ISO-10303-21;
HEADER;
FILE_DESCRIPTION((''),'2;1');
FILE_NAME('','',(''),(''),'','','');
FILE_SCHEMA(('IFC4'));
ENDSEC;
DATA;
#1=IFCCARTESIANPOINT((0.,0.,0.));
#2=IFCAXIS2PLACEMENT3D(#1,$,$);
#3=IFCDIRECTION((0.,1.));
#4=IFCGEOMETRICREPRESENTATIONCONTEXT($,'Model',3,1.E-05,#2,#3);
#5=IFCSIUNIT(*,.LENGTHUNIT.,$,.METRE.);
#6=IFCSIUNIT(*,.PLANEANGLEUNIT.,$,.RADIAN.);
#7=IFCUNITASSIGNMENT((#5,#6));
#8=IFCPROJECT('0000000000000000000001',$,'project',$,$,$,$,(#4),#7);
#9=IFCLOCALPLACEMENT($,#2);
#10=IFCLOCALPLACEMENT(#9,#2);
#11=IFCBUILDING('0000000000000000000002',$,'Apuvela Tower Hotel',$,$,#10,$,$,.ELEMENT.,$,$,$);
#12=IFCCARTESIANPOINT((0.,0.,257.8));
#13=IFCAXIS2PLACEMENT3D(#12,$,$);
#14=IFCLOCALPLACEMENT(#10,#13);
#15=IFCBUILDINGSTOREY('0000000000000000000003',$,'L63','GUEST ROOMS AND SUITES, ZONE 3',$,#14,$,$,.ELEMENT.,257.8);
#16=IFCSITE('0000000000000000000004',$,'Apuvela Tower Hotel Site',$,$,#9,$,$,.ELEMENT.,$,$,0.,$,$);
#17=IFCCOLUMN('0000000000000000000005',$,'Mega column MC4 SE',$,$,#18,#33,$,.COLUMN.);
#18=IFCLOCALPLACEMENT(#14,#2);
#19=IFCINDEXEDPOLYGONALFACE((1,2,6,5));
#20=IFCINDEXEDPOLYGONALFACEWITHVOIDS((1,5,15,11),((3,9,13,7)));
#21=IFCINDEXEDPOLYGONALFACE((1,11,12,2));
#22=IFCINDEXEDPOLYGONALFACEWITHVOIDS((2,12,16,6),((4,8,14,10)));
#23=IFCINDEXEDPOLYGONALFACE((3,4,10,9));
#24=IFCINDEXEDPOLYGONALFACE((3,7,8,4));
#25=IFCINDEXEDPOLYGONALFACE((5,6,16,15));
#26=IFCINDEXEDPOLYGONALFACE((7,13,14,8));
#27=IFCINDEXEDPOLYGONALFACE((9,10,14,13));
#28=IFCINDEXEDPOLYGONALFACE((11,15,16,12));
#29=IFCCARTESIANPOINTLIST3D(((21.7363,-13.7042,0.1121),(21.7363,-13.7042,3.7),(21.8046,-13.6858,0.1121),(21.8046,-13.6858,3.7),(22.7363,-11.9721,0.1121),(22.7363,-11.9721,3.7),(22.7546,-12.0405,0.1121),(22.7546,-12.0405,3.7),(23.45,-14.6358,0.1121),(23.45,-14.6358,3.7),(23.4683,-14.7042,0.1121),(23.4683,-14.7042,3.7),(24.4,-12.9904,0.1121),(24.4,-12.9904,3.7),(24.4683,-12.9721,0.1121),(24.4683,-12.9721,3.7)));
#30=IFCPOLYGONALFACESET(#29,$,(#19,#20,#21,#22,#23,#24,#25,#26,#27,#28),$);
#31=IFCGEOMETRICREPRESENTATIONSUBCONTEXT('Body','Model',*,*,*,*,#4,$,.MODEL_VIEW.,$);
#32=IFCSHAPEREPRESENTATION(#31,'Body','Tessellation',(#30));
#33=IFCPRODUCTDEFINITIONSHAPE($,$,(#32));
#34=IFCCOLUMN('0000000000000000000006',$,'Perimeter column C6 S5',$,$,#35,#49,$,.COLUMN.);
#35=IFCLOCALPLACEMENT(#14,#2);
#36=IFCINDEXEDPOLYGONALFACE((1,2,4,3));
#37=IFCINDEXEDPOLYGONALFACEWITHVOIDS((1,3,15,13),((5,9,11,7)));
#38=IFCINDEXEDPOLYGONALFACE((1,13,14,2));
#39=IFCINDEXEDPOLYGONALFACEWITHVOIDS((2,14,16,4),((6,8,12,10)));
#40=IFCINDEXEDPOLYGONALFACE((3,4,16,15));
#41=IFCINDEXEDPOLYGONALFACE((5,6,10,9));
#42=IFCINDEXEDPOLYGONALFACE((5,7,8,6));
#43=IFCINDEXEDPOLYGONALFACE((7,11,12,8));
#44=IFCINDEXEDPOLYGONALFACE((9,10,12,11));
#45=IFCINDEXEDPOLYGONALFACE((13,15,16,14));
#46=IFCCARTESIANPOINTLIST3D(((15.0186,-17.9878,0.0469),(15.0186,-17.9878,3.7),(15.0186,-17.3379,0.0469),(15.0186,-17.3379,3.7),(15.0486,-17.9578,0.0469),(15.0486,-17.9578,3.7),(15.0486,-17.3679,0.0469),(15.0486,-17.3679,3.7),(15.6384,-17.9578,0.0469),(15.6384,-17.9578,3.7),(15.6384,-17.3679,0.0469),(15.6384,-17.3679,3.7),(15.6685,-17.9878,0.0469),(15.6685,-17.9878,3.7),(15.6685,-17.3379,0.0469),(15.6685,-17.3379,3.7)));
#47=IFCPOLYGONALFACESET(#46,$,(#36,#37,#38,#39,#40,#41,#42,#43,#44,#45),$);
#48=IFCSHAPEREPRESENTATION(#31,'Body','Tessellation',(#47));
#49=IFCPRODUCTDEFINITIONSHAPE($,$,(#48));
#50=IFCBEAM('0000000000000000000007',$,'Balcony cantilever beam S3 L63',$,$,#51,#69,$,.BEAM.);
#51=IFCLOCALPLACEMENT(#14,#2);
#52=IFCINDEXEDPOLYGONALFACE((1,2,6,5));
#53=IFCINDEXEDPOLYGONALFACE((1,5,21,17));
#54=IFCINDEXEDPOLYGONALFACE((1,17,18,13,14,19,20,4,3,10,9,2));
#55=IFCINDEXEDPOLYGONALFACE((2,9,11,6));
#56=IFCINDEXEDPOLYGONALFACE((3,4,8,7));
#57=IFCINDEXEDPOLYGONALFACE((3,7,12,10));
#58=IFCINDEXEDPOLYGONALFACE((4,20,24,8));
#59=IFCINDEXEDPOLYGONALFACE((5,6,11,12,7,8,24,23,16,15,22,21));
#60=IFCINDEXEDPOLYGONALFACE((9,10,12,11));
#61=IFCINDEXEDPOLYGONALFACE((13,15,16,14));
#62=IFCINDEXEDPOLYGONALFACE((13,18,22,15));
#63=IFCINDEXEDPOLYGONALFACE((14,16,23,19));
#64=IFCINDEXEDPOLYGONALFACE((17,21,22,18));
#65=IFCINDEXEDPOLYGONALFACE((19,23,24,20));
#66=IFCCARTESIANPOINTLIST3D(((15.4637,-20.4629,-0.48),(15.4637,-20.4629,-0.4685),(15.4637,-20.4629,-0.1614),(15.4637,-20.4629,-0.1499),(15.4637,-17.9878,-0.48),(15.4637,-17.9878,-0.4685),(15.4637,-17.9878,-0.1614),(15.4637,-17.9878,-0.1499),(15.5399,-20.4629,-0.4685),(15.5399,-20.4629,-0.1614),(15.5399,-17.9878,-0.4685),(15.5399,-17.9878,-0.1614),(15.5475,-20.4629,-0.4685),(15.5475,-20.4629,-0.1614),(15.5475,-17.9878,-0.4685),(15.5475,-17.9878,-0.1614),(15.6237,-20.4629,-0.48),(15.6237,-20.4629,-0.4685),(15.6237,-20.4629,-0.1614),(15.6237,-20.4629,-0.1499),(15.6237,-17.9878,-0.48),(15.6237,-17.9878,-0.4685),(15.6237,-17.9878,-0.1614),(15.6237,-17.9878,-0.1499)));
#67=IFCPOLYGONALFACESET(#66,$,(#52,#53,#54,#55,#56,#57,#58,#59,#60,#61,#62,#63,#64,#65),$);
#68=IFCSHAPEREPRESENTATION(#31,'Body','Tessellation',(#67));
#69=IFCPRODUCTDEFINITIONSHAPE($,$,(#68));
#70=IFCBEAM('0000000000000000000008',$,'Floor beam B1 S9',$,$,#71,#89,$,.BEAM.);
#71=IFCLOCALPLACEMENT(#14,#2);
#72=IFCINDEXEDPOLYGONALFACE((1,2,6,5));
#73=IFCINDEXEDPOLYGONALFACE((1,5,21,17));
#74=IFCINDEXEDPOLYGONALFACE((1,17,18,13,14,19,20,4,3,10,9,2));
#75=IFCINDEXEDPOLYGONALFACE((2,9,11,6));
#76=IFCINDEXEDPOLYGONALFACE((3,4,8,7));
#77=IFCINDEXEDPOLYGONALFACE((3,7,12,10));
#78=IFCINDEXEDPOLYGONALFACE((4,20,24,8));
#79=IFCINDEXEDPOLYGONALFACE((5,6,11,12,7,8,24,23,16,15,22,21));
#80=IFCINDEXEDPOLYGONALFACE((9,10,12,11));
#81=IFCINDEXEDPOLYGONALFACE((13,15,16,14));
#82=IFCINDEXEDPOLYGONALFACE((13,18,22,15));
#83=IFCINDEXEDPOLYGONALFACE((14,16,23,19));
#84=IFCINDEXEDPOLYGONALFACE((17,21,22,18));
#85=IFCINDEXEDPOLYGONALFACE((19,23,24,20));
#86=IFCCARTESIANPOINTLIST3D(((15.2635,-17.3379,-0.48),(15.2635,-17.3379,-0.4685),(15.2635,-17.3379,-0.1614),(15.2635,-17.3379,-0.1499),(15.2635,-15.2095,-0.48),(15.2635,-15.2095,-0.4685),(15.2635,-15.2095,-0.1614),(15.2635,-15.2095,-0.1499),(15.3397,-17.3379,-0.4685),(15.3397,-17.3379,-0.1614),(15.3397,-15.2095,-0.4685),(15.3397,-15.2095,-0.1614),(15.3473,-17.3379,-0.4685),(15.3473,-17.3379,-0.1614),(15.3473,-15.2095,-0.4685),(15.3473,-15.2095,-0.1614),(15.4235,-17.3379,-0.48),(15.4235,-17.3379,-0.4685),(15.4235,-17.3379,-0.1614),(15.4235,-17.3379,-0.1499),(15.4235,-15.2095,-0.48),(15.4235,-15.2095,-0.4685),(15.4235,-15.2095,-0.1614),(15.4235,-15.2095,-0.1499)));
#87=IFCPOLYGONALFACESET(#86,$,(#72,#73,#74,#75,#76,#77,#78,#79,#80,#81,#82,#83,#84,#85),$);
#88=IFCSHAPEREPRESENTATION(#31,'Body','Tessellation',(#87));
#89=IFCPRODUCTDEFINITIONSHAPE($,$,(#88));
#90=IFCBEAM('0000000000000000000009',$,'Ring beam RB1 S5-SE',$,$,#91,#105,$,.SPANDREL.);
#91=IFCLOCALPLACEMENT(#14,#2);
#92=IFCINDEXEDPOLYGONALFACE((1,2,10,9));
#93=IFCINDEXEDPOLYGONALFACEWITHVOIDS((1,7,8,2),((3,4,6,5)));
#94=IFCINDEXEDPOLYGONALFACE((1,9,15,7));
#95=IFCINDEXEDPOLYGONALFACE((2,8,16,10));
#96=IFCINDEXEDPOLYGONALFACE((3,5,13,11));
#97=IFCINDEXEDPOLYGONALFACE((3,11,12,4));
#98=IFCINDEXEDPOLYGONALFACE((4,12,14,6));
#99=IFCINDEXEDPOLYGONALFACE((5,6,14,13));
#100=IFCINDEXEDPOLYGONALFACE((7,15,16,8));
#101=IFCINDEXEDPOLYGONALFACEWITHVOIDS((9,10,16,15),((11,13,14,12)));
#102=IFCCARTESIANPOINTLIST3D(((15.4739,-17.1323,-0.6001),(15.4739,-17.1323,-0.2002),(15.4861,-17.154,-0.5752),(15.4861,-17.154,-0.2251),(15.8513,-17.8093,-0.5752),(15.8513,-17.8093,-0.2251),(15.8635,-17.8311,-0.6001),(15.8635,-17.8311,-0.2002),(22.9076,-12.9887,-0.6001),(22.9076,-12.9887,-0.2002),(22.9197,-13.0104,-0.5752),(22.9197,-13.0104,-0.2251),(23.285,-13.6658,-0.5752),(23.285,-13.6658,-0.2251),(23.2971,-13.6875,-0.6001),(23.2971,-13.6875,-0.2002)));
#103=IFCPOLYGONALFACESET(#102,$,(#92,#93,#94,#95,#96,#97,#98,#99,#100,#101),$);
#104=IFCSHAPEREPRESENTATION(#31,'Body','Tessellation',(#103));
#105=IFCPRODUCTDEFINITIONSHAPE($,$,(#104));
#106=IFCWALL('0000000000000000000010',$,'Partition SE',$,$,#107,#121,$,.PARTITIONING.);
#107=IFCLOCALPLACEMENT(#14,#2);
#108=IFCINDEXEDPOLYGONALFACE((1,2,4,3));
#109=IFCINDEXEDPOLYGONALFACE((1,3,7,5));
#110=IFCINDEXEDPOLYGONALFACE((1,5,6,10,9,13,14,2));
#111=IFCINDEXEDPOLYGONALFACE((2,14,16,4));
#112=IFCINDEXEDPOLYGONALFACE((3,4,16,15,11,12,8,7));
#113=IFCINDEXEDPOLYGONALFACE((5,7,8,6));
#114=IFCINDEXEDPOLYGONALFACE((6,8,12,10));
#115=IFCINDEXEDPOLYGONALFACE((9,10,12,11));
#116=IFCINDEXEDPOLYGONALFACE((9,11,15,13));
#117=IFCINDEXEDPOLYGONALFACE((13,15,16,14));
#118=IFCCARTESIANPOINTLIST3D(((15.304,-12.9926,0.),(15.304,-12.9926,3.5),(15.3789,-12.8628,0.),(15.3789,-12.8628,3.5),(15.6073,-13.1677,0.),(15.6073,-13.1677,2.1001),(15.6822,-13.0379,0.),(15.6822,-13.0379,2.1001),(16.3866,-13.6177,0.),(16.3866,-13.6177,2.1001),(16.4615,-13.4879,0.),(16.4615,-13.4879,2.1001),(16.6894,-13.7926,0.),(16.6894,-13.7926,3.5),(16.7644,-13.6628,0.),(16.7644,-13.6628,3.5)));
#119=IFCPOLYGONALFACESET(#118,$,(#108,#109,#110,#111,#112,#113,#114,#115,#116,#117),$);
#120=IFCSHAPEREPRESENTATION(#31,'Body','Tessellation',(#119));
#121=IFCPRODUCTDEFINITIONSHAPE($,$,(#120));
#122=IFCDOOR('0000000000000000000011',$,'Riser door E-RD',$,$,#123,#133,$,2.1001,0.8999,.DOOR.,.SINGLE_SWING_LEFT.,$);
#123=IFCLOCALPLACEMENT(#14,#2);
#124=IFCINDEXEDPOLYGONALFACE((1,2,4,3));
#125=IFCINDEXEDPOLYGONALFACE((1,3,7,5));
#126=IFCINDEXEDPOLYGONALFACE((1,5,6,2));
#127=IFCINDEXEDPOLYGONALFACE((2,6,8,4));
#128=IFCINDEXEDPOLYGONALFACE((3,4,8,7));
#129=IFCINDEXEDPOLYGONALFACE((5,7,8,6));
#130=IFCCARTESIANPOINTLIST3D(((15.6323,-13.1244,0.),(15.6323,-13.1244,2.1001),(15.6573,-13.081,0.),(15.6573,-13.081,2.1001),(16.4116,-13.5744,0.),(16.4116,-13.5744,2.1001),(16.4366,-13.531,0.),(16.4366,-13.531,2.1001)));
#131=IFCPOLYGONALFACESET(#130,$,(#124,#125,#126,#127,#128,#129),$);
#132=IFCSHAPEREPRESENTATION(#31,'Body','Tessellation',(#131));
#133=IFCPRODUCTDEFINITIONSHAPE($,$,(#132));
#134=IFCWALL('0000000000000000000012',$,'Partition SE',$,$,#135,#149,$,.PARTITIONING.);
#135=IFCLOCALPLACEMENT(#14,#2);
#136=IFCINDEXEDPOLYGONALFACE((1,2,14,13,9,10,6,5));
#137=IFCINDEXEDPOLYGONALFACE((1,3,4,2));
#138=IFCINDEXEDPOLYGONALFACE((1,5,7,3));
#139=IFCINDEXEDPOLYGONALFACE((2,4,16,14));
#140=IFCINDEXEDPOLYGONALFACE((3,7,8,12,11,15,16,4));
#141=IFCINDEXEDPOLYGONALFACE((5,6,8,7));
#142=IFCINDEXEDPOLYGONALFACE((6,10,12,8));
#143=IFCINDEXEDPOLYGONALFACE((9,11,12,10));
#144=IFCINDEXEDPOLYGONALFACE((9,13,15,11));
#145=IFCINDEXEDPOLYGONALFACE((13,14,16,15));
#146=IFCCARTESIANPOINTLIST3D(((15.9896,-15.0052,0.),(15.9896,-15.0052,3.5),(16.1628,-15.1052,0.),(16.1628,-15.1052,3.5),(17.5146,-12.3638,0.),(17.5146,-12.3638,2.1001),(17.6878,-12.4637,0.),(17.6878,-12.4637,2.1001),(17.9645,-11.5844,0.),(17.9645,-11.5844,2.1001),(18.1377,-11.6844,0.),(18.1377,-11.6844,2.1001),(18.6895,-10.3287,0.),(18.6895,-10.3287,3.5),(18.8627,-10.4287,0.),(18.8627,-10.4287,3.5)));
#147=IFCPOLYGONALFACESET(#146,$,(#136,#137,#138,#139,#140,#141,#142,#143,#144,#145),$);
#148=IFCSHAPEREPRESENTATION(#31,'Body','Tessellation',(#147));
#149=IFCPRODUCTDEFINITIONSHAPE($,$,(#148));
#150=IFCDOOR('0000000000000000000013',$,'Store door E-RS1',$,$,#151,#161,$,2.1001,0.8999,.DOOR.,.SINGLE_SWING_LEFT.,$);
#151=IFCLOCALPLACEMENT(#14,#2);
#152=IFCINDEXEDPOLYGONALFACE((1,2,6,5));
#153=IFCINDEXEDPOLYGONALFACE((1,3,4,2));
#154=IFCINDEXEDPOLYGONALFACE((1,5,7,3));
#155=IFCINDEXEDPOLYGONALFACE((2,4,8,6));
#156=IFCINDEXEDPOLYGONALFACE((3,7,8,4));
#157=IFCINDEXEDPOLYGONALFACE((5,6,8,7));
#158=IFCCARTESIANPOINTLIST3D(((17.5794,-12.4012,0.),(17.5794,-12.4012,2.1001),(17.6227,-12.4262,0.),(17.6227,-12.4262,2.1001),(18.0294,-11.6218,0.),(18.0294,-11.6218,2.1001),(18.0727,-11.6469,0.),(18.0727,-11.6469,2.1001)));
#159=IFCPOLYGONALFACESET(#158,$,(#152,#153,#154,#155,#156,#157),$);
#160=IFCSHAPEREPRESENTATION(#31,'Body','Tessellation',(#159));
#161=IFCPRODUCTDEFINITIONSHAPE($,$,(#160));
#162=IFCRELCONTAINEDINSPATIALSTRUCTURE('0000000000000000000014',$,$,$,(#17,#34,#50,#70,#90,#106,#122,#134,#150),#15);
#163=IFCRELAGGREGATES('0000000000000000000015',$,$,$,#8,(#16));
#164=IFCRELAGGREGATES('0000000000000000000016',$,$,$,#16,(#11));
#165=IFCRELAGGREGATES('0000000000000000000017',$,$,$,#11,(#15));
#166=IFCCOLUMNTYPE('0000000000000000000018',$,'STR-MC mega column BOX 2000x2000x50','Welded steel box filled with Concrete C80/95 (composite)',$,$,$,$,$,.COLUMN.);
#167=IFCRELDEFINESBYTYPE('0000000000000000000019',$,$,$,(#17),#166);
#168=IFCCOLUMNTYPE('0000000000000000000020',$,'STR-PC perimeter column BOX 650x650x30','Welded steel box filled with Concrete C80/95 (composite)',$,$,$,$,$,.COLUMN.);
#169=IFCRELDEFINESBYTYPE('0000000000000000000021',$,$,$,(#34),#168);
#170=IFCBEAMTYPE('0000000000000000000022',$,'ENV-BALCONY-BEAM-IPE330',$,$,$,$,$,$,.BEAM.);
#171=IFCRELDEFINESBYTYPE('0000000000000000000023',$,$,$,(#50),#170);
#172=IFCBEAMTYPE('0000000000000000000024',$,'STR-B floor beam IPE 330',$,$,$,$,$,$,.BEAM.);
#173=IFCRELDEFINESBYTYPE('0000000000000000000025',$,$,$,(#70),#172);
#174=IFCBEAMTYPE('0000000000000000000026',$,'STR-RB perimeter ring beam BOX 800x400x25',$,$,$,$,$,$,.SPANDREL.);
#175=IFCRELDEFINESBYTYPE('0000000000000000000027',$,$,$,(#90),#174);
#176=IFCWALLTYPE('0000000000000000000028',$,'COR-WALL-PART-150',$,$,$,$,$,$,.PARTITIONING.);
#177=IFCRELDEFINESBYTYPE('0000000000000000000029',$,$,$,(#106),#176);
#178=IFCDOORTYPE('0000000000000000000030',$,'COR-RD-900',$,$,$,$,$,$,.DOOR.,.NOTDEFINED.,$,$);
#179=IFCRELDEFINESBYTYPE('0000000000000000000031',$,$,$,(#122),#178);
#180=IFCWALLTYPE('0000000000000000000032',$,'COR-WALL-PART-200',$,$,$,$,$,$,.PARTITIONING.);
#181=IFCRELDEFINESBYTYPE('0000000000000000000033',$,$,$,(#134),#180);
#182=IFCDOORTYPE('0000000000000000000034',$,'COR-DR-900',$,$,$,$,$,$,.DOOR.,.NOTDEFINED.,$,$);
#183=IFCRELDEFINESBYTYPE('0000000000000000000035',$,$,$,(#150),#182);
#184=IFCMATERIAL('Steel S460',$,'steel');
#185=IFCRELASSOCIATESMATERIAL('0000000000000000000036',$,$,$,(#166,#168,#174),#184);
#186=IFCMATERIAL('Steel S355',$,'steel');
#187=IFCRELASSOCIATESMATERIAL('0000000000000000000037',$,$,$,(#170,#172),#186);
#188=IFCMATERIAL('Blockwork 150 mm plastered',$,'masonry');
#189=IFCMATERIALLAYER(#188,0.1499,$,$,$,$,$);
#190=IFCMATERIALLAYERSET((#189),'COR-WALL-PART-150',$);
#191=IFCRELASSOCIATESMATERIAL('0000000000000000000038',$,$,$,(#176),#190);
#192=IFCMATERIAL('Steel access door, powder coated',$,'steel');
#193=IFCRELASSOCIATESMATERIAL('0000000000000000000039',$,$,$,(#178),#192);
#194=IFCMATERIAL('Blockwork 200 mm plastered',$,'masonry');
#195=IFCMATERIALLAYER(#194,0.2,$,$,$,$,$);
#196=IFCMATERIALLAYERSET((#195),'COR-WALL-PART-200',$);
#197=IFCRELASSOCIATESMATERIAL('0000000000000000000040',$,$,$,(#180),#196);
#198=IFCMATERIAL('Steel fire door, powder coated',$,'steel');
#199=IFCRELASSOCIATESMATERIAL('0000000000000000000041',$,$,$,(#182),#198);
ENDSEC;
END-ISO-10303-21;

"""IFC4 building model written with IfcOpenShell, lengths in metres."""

from ifc_helpers import new_model, si_unit, direction, frame, frame_2d, origin, origin_2d, place, context, subcontext, project, spatial, rectangle, hollow_rectangle, i_section, extrude, boolean, halfspace, material, layer, layer_set, material_profile, profile_set, type_object, element, fill, save


model = new_model("IFC4")

# Units and contexts
model_context = context("Model", 3, precision=1e-05, world=origin(), true_north=direction((0.0, 1.0)))
body_context = subcontext(model_context, "Body", "Model", "MODEL_VIEW")
ifc_project = project(units=[si_unit("LENGTHUNIT", "METRE"), si_unit("PLANEANGLEUNIT", "RADIAN")], contexts=[model_context])

# Site, building, storey
site_placement = place(None, origin())
site = spatial("IfcSite", under=ifc_project, at=site_placement, Name="Apuvela Tower Hotel Site", CompositionType="ELEMENT", RefElevation=0.0)
building_placement = place(site_placement, origin())
building = spatial("IfcBuilding", under=site, at=building_placement, Name="Apuvela Tower Hotel", CompositionType="ELEMENT")
storey_placement = place(building_placement, frame((0.0, 0.0, 257.8)))
storey = spatial("IfcBuildingStorey", under=building, at=storey_placement, Name="L63", Description="GUEST ROOMS AND SUITES, ZONE 3", CompositionType="ELEMENT", Elevation=257.8)

# Columns
ifc_material_1 = material(Name="Steel S460", Category="steel")
ifc_material_profile_1 = material_profile(ifc_material_1, hollow_rectangle(XDim=2.0, YDim=2.0, WallThickness=0.05, at=origin_2d()), Name="BOX 2000x2000x50")
ifc_material_2 = material(Name="Concrete C80/95", Category="concrete")
ifc_material_profile_2 = material_profile(ifc_material_2, rectangle(XDim=1.8999, YDim=1.8999, at=origin_2d()), Name="Concrete C80/95 infill")
ifc_profile_set_1 = profile_set([ifc_material_profile_1, ifc_material_profile_2], Name="Steel S460")
column_type_1 = type_object("IfcColumnType", Name="STR-MC mega column BOX 2000x2000x50", Description="Welded steel box filled with Concrete C80/95 (composite)", PredefinedType="COLUMN", material=ifc_profile_set_1)
column_1_placement = place(storey_placement, frame((23.1023, -13.3381, 0.0), z_axis=(0.0, 0.0, 1.0), x_axis=(0.5, 0.866025, 0.0)))
element("IfcColumn", 1, at=column_1_placement, inside=storey, type_object=column_type_1, Name="Mega column MC4 SE", PredefinedType="COLUMN", context=body_context, shape_type="SweptSolid", body=[
    boolean("DIFFERENCE", extrude(hollow_rectangle(XDim=2.0, YDim=2.0, WallThickness=0.05, at=origin_2d()), origin(), (0.0, 0.0, 1.0), 3.7), halfspace(frame((0.0, 0.0, 0.1121), z_axis=(0.0, 0.0, 1.0), x_axis=(1.0, 0.0, 0.0)), True)),
])
ifc_material_profile_3 = material_profile(ifc_material_1, hollow_rectangle(XDim=0.6499, YDim=0.6499, WallThickness=0.03, at=origin_2d()), Name="BOX 650x650x30")
ifc_material_profile_4 = material_profile(ifc_material_2, rectangle(XDim=0.5901, YDim=0.5901, at=origin_2d()), Name="Concrete C80/95 infill")
ifc_profile_set_2 = profile_set([ifc_material_profile_3, ifc_material_profile_4], Name="Steel S460")
column_type_2 = type_object("IfcColumnType", Name="STR-PC perimeter column BOX 650x650x30", Description="Welded steel box filled with Concrete C80/95 (composite)", PredefinedType="COLUMN", material=ifc_profile_set_2)
column_2_placement = place(storey_placement, frame((15.3435, -17.6628, 0.0), z_axis=(0.0, 0.0, 1.0), x_axis=(-1.0, 0.0, 0.0)))
element("IfcColumn", 2, at=column_2_placement, inside=storey, type_object=column_type_2, Name="Perimeter column C6 S5", PredefinedType="COLUMN", context=body_context, shape_type="SweptSolid", body=[
    boolean("DIFFERENCE", extrude(hollow_rectangle(XDim=0.6499, YDim=0.6499, WallThickness=0.03, at=origin_2d()), origin(), (0.0, 0.0, 1.0), 3.7), halfspace(frame((0.0, 0.0, 0.0469), z_axis=(0.0, 0.0, 1.0), x_axis=(1.0, 0.0, 0.0)), True)),
])

# Beams
ifc_material_3 = material(Name="Steel S355", Category="steel")
ifc_material_profile_5 = material_profile(ifc_material_3, i_section(OverallWidth=0.1599, OverallDepth=0.3301, WebThickness=0.0076, FlangeThickness=0.0115, at=origin_2d()), Name="IPE 330")
ifc_profile_set_3 = profile_set([ifc_material_profile_5], Name="Steel S355")
beam_type_1 = type_object("IfcBeamType", Name="ENV-BALCONY-BEAM-IPE330", PredefinedType="BEAM", material=ifc_profile_set_3)
beam_1_placement = place(storey_placement, frame((15.5437, -17.9878, -0.3149), z_axis=(0.0, -1.0, 0.0), x_axis=(1.0, 0.0, 0.0)))
element("IfcBeam", 3, at=beam_1_placement, inside=storey, type_object=beam_type_1, Name="Balcony cantilever beam S3 L63", PredefinedType="BEAM", context=body_context, shape_type="SweptSolid", body=[
    extrude(i_section(OverallWidth=0.1599, OverallDepth=0.3301, WebThickness=0.0076, FlangeThickness=0.0115, at=origin_2d()), origin(), (0.0, 0.0, 1.0), 2.4751),
])
ifc_material_profile_6 = material_profile(ifc_material_3, i_section(OverallWidth=0.1599, OverallDepth=0.3301, WebThickness=0.0076, FlangeThickness=0.0115, at=origin_2d()), Name="IPE 330")
ifc_profile_set_4 = profile_set([ifc_material_profile_6], Name="Steel S355")
beam_type_2 = type_object("IfcBeamType", Name="STR-B floor beam IPE 330", PredefinedType="BEAM", material=ifc_profile_set_4)
beam_2_placement = place(storey_placement, frame((15.3435, -17.3379, -0.3149), z_axis=(0.0, 1.0, 0.0), x_axis=(-1.0, 0.0, 0.0)))
element("IfcBeam", 4, at=beam_2_placement, inside=storey, type_object=beam_type_2, Name="Floor beam B1 S9", PredefinedType="BEAM", context=body_context, shape_type="SweptSolid", body=[
    extrude(i_section(OverallWidth=0.1599, OverallDepth=0.3301, WebThickness=0.0076, FlangeThickness=0.0115, at=origin_2d()), origin(), (0.0, 0.0, 1.0), 2.1284),
])
ifc_material_profile_7 = material_profile(ifc_material_1, hollow_rectangle(XDim=0.8, YDim=0.3999, WallThickness=0.0249, at=origin_2d()), Name="BOX 800x400x25")
ifc_profile_set_5 = profile_set([ifc_material_profile_7], Name="Steel S460")
beam_type_3 = type_object("IfcBeamType", Name="STR-RB perimeter ring beam BOX 800x400x25", PredefinedType="SPANDREL", material=ifc_profile_set_5)
beam_3_placement = place(storey_placement, frame((15.6687, -17.4817, -0.4001), z_axis=(0.873469, 0.48688, 0.0), x_axis=(-0.48688, 0.873469, 0.0)))
element("IfcBeam", 5, at=beam_3_placement, inside=storey, type_object=beam_type_3, Name="Ring beam RB1 S5-SE", PredefinedType="SPANDREL", context=body_context, shape_type="SweptSolid", body=[
    extrude(hollow_rectangle(XDim=0.8, YDim=0.3999, WallThickness=0.0249, at=origin_2d()), origin(), (0.0, 0.0, 1.0), 8.5105),
])

# Walls, openings, doors
ifc_material_4 = material(Name="Blockwork 150 mm plastered", Category="masonry")
ifc_layer_1 = layer(ifc_material_4, 0.1499)
ifc_layer_set_1 = layer_set([ifc_layer_1], Name="COR-WALL-PART-150")
wall_type_1 = type_object("IfcWallType", Name="COR-WALL-PART-150", PredefinedType="PARTITIONING", material=ifc_layer_set_1)
wall_1_placement = place(storey_placement, frame((15.3416, -12.9277, 0.0), z_axis=(0.0, 0.0, 1.0), x_axis=(0.86599, -0.500061, 0.0)))
wall_1 = element("IfcWall", 6, at=wall_1_placement, inside=storey, type_object=wall_type_1, Name="Partition SE", PredefinedType="PARTITIONING", context=body_context, shape_type="SweptSolid", body=[
    extrude(rectangle(XDim=1.5999, YDim=0.1499, at=frame_2d((0.7998, 0.0))), origin(), (0.0, 0.0, 1.0), 3.5),
])
opening_1_placement = place(wall_1_placement, frame((0.3501, 0.0, 0.0)))
opening_1 = element("IfcOpeningElement", 7, at=opening_1_placement, cuts=wall_1, PredefinedType="OPENING", context=body_context, shape_type="SweptSolid", body=[
    extrude(rectangle(XDim=0.8999, YDim=2.1001, at=frame_2d((0.45, 1.05))), frame((0.0, 0.085, 0.0), z_axis=(0.0, -1.0, 0.0), x_axis=(1.0, 0.0, 0.0)), (0.0, 0.0, 1.0), 0.1699),
])
ifc_material_5 = material(Name="Steel access door, powder coated", Category="steel")
door_type_1 = type_object("IfcDoorType", Name="COR-RD-900", OperationType="NOTDEFINED", PredefinedType="DOOR", material=ifc_material_5)
door_1_placement = place(opening_1_placement, frame((0.8999, 0.0, 0.0), z_axis=(0.0, 0.0, 1.0), x_axis=(-1.0, 0.0, 0.0)))
door_1 = element("IfcDoor", 8, at=door_1_placement, inside=storey, type_object=door_type_1, Name="Riser door E-RD", OperationType="SINGLE_SWING_LEFT", OverallHeight=2.1001, OverallWidth=0.8999, PredefinedType="DOOR", context=body_context, shape_type="SweptSolid", body=[
    extrude(rectangle(XDim=0.8999, YDim=2.1001, at=frame_2d((0.45, 1.05))), frame((0.0, 0.0249, 0.0), z_axis=(0.0, -1.0, 0.0), x_axis=(1.0, 0.0, 0.0)), (0.0, 0.0, 1.0), 0.05),
])
fill(opening_1, door_1)
ifc_material_6 = material(Name="Blockwork 200 mm plastered", Category="masonry")
ifc_layer_2 = layer(ifc_material_6, 0.2)
ifc_layer_set_2 = layer_set([ifc_layer_2], Name="COR-WALL-PART-200")
wall_type_2 = type_object("IfcWallType", Name="COR-WALL-PART-200", PredefinedType="PARTITIONING", material=ifc_layer_set_2)
wall_2_placement = place(storey_placement, frame((16.0762, -15.0552, 0.0), z_axis=(0.0, 0.0, 1.0), x_axis=(0.499995, 0.866028, 0.0)))
wall_2 = element("IfcWall", 9, at=wall_2_placement, inside=storey, type_object=wall_type_2, Name="Partition SE", PredefinedType="PARTITIONING", context=body_context, shape_type="SweptSolid", body=[
    extrude(rectangle(XDim=5.3999, YDim=0.2, at=frame_2d((2.7, 0.0))), origin(), (0.0, 0.0, 1.0), 3.5),
])
opening_2_placement = place(wall_2_placement, frame((3.05, 0.0, 0.0)))
opening_2 = element("IfcOpeningElement", 10, at=opening_2_placement, cuts=wall_2, PredefinedType="OPENING", context=body_context, shape_type="SweptSolid", body=[
    extrude(rectangle(XDim=0.8999, YDim=2.1001, at=frame_2d((0.45, 1.05))), frame((0.0, 0.1099, 0.0), z_axis=(0.0, -1.0, 0.0), x_axis=(1.0, 0.0, 0.0)), (0.0, 0.0, 1.0), 0.22),
])
ifc_material_7 = material(Name="Steel fire door, powder coated", Category="steel")
door_type_2 = type_object("IfcDoorType", Name="COR-DR-900", OperationType="NOTDEFINED", PredefinedType="DOOR", material=ifc_material_7)
door_2_placement = place(opening_2_placement, frame((0.8999, 0.0, 0.0), z_axis=(0.0, 0.0, 1.0), x_axis=(-1.0, 0.0, 0.0)))
door_2 = element("IfcDoor", 11, at=door_2_placement, inside=storey, type_object=door_type_2, Name="Store door E-RS1", OperationType="SINGLE_SWING_LEFT", OverallHeight=2.1001, OverallWidth=0.8999, PredefinedType="DOOR", context=body_context, shape_type="SweptSolid", body=[
    extrude(rectangle(XDim=0.8999, YDim=2.1001, at=frame_2d((0.45, 1.05))), frame((0.0, 0.0249, 0.0), z_axis=(0.0, -1.0, 0.0), x_axis=(1.0, 0.0, 0.0)), (0.0, 0.0, 1.0), 0.05),
])
fill(opening_2, door_2)

save(model, "model.ifc")
